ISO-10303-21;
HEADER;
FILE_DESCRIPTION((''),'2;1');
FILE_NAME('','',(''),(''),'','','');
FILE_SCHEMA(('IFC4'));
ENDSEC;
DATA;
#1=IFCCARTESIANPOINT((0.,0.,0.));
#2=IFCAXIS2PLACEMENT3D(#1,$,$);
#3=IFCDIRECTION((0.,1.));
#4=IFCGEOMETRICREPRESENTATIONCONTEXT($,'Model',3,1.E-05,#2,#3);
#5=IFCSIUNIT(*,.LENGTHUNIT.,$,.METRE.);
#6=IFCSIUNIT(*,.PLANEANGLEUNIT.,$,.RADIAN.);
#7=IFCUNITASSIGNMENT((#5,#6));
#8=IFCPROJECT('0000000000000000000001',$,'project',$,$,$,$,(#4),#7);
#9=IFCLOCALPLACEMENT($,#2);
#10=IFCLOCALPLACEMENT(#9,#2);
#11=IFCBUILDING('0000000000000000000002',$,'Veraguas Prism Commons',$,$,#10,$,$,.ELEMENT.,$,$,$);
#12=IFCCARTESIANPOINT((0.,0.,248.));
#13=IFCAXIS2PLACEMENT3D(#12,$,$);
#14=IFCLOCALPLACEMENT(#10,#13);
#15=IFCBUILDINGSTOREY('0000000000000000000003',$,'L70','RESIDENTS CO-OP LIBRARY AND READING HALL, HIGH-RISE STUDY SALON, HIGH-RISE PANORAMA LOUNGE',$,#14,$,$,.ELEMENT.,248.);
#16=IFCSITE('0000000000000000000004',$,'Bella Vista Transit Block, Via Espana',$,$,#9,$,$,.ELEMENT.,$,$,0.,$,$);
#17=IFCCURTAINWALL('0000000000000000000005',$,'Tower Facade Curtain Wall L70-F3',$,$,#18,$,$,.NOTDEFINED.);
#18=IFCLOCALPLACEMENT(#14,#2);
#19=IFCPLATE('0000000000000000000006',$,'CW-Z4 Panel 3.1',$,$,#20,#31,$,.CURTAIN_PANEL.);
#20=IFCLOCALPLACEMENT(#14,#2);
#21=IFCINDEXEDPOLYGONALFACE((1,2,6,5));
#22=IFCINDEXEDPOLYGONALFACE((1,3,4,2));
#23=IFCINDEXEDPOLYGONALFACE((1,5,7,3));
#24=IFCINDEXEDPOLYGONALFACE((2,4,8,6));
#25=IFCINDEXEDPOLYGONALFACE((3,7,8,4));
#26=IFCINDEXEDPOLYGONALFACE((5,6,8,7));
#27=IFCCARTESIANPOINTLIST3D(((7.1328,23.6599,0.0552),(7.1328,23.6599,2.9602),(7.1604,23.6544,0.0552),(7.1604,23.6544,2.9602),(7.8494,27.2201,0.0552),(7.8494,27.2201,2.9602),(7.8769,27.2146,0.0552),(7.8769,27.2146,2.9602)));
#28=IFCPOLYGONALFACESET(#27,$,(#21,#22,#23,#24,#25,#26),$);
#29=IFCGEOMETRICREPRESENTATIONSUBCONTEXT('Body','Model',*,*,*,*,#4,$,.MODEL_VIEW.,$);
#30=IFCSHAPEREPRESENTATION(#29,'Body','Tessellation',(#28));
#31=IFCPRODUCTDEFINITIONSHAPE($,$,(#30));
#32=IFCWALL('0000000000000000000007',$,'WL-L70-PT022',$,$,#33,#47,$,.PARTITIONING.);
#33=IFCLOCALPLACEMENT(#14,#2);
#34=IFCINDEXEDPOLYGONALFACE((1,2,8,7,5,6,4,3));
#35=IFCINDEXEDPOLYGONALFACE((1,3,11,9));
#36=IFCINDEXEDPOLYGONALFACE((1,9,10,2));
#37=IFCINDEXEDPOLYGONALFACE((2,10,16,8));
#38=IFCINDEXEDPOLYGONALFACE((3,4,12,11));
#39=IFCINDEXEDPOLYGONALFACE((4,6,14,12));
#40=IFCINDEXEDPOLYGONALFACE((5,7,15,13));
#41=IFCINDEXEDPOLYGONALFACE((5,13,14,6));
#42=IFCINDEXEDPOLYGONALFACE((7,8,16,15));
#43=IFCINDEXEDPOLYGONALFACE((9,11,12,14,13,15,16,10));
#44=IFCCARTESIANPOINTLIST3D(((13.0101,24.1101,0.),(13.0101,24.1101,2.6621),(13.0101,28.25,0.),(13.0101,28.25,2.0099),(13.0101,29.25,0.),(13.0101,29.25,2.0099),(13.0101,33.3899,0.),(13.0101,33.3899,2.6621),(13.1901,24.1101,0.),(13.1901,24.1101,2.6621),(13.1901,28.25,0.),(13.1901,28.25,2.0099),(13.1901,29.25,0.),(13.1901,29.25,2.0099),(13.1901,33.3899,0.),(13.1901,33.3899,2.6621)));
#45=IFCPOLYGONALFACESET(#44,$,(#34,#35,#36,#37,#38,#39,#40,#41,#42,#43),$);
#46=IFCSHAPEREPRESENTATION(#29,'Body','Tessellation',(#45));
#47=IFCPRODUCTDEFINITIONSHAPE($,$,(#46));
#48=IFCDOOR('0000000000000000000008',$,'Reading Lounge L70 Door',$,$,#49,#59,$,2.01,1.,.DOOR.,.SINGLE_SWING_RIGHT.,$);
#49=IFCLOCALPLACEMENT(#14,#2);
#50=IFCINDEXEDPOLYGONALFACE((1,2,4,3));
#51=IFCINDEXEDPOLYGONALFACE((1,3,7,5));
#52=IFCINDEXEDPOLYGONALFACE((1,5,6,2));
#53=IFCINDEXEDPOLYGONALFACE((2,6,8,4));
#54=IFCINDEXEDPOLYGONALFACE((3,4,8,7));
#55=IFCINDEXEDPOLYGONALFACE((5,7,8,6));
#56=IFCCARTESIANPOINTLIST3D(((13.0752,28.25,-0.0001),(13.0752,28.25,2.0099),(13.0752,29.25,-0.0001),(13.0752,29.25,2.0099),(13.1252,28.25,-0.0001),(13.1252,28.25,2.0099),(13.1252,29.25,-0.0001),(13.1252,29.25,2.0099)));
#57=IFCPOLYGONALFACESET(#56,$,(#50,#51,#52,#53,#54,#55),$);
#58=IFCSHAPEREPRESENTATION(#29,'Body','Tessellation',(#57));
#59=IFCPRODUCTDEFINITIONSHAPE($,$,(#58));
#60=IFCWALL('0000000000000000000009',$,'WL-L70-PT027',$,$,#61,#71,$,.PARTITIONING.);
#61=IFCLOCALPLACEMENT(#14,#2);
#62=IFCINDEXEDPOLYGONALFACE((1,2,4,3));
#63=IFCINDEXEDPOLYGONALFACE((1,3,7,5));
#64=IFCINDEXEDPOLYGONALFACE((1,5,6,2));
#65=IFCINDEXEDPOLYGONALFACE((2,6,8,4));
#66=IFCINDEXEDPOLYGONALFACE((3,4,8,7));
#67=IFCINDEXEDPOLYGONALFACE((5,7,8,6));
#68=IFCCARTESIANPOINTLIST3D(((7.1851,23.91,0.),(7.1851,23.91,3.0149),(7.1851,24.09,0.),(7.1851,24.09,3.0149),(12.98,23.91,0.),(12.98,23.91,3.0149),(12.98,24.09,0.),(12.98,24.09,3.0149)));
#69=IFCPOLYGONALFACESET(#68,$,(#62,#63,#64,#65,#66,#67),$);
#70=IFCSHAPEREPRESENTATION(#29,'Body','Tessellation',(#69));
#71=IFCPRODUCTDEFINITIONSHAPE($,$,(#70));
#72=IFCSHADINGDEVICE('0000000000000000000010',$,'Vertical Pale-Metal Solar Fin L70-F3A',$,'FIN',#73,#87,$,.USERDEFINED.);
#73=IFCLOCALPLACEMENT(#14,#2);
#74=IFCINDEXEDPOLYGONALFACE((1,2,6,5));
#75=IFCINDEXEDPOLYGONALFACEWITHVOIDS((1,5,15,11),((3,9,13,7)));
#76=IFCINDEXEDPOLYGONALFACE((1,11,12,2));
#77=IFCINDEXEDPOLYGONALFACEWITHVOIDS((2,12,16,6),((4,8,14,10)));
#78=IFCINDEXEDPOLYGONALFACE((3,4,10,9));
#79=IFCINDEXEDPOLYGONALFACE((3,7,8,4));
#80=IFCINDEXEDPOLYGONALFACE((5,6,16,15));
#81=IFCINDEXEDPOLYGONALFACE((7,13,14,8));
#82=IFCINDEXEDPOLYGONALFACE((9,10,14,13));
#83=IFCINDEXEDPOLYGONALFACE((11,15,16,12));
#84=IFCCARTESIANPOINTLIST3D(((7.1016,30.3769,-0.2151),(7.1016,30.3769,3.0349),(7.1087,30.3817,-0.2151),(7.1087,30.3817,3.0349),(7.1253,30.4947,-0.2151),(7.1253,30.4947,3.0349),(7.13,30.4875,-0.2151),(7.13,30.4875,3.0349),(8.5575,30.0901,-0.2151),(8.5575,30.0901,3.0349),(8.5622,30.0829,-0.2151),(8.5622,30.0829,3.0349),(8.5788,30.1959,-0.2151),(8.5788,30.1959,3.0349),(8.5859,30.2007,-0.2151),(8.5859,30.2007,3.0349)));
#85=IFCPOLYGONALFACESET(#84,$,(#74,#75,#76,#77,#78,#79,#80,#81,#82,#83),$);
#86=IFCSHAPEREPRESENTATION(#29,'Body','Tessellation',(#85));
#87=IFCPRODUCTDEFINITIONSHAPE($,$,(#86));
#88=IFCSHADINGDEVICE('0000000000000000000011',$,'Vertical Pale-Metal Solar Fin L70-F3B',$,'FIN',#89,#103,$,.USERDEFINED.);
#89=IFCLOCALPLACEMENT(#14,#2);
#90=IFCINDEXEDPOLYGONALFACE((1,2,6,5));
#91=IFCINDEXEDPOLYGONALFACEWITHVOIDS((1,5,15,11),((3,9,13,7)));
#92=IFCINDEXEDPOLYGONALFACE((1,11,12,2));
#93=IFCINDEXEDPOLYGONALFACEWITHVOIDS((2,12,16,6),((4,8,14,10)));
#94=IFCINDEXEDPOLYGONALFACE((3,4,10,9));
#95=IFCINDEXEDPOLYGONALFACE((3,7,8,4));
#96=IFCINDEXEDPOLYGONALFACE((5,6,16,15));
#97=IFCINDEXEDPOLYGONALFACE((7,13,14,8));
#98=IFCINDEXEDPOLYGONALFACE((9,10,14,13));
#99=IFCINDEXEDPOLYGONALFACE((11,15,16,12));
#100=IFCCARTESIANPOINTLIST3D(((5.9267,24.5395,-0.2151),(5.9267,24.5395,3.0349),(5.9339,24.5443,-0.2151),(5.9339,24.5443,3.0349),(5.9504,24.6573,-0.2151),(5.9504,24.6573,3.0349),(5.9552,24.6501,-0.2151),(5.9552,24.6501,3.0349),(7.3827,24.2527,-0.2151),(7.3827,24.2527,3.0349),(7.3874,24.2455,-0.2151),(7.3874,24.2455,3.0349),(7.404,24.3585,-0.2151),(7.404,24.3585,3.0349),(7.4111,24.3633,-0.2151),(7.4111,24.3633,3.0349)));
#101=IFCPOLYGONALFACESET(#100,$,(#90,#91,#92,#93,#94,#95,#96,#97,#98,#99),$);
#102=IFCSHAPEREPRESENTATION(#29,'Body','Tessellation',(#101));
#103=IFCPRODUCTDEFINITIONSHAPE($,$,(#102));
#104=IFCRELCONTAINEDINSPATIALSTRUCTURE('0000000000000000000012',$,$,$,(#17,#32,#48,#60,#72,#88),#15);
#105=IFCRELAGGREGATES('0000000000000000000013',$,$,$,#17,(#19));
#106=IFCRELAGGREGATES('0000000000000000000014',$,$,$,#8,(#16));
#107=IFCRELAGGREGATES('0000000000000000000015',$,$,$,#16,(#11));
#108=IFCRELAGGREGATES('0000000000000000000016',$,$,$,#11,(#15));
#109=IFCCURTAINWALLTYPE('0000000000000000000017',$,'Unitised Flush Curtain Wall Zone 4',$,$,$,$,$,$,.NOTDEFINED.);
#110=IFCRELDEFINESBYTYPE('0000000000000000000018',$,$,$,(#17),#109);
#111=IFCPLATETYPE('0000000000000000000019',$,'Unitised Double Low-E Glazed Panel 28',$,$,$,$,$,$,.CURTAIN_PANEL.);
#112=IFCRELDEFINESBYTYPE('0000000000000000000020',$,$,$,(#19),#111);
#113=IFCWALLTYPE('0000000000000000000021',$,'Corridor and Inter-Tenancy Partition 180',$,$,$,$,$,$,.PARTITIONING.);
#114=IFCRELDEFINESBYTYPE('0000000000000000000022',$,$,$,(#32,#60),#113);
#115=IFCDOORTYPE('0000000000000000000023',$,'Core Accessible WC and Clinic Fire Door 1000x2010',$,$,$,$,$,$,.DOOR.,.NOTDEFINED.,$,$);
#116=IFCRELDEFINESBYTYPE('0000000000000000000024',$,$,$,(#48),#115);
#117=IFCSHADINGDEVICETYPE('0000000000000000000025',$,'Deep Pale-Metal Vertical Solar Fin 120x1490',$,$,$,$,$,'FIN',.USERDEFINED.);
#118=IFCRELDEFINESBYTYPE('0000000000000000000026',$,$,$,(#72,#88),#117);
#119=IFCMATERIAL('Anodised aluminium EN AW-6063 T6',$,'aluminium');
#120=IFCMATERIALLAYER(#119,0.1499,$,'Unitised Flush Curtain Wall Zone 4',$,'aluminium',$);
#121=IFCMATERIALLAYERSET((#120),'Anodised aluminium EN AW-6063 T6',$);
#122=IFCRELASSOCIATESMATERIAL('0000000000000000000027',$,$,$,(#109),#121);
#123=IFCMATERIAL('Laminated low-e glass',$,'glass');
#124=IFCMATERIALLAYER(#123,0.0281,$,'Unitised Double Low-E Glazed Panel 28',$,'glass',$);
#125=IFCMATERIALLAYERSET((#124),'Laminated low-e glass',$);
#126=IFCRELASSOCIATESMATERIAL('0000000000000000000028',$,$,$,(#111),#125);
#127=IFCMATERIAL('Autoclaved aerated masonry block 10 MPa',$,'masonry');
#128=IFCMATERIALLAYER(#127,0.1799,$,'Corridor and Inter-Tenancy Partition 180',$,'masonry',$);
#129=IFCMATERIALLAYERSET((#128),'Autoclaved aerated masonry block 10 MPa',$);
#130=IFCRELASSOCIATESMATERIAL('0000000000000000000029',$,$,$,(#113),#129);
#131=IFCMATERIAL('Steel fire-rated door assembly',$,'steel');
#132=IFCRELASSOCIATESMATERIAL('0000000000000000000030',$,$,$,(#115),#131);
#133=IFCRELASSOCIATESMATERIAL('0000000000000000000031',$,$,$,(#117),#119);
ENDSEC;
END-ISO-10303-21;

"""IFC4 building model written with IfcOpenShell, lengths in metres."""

from ifc_helpers import new_model, si_unit, direction, frame, frame_2d, origin, origin_2d, place, context, subcontext, project, spatial, rectangle, hollow_rectangle, extrude, source, transform, mapped, material, layer, layer_set, material_profile, profile_set, type_object, element, fill, aggregate, save


model = new_model("IFC4")

# Units and contexts
model_context = context("Model", 3, precision=1e-05, world=origin(), true_north=direction((0.0, 1.0)))
body_context = subcontext(model_context, "Body", "Model", "MODEL_VIEW")
ifc_project = project(units=[si_unit("LENGTHUNIT", "METRE"), si_unit("PLANEANGLEUNIT", "RADIAN")], contexts=[model_context])

# Site, building, storey
site_placement = place(None, origin())
site = spatial("IfcSite", under=ifc_project, at=site_placement, Name="Bella Vista Transit Block, Via Espana", CompositionType="ELEMENT", RefElevation=0.0)
building_placement = place(site_placement, origin())
building = spatial("IfcBuilding", under=site, at=building_placement, Name="Veraguas Prism Commons", CompositionType="ELEMENT")
storey_placement = place(building_placement, frame((0.0, 0.0, 248.0)))
storey = spatial("IfcBuildingStorey", under=building, at=storey_placement, Name="L70", Description="RESIDENTS CO-OP LIBRARY AND READING HALL, HIGH-RISE STUDY SALON, HIGH-RISE PANORAMA LOUNGE", CompositionType="ELEMENT", Elevation=248.0)

# Curtain wall, plate
ifc_material_1 = material(Name="Anodised aluminium EN AW-6063 T6", Category="aluminium")
ifc_layer_1 = layer(ifc_material_1, 0.1499, Name="Unitised Flush Curtain Wall Zone 4", Category="aluminium")
ifc_layer_set_1 = layer_set([ifc_layer_1], Name="Anodised aluminium EN AW-6063 T6")
curtain_wall_type = type_object("IfcCurtainWallType", Name="Unitised Flush Curtain Wall Zone 4", PredefinedType="NOTDEFINED", material=ifc_layer_set_1)
curtain_wall_placement = place(storey_placement, origin())
curtain_wall = element("IfcCurtainWall", 1, at=curtain_wall_placement, inside=storey, type_object=curtain_wall_type, Name="Tower Facade Curtain Wall L70-F3", PredefinedType="NOTDEFINED")
ifc_material_2 = material(Name="Laminated low-e glass", Category="glass")
ifc_layer_2 = layer(ifc_material_2, 0.0281, Name="Unitised Double Low-E Glazed Panel 28", Category="glass")
ifc_layer_set_2 = layer_set([ifc_layer_2], Name="Laminated low-e glass")
plate_type = type_object("IfcPlateType", Name="Unitised Double Low-E Glazed Panel 28", PredefinedType="CURTAIN_PANEL", material=ifc_layer_set_2)
shared_shape_1 = source(origin(), body_context, "Body", "SweptSolid", [
    extrude(rectangle(XDim=3.6316, YDim=0.0281, at=origin_2d()), origin(), (0.0, 0.0, 1.0), 2.905),
])
plate_1_placement = place(storey_placement, frame((7.5049, 25.4373, 0.0552), z_axis=(0.0, 0.0, 1.0), x_axis=(-0.197319, -0.980339, 0.0)))
plate_1 = element("IfcPlate", 2, at=plate_1_placement, type_object=plate_type, Name="CW-Z4 Panel 3.1", PredefinedType="CURTAIN_PANEL", context=body_context, shape_type="MappedRepresentation", body=[
    mapped(shared_shape_1, transform((0.0, 0.0, 0.0), scale=1.0)),
])
aggregate(curtain_wall, [plate_1])

# Wall, opening, door
ifc_material_3 = material(Name="Autoclaved aerated masonry block 10 MPa", Category="masonry")
ifc_layer_3 = layer(ifc_material_3, 0.1799, Name="Corridor and Inter-Tenancy Partition 180", Category="masonry")
ifc_layer_set_3 = layer_set([ifc_layer_3], Name="Autoclaved aerated masonry block 10 MPa")
wall_type = type_object("IfcWallType", Name="Corridor and Inter-Tenancy Partition 180", PredefinedType="PARTITIONING", material=ifc_layer_set_3)
wall_1_placement = place(storey_placement, frame((13.1001, 24.1101, 0.0), z_axis=(0.0, 0.0, 1.0), x_axis=(0.0, 1.0, 0.0)))
wall_1 = element("IfcWall", 3, at=wall_1_placement, inside=storey, type_object=wall_type, Name="WL-L70-PT022", PredefinedType="PARTITIONING", context=body_context, shape_type="SweptSolid", body=[
    extrude(rectangle(XDim=9.2798, YDim=0.1799, at=frame_2d((4.6399, 0.0))), origin(), (0.0, 0.0, 1.0), 2.6621),
])
opening_placement = place(wall_1_placement, frame((4.1399, 0.0, 0.0)))
opening = element("IfcOpeningElement", 4, at=opening_placement, cuts=wall_1, PredefinedType="OPENING", context=body_context, shape_type="SweptSolid", body=[
    extrude(rectangle(XDim=1.0, YDim=2.01, at=frame_2d((0.5, 1.0049))), frame((0.0, 0.0999, 0.0), z_axis=(0.0, -1.0, 0.0), x_axis=(1.0, 0.0, 0.0)), (0.0, 0.0, 1.0), 0.2),
])
ifc_material_4 = material(Name="Steel fire-rated door assembly", Category="steel")
door_type = type_object("IfcDoorType", Name="Core Accessible WC and Clinic Fire Door 1000x2010", OperationType="NOTDEFINED", PredefinedType="DOOR", material=ifc_material_4)
shared_shape_2 = source(origin(), body_context, "Body", "SweptSolid", [
    extrude(rectangle(XDim=1.0, YDim=2.01, at=frame_2d((0.5, 1.0049))), frame((0.0, 0.0249, 0.0), z_axis=(0.0, -1.0, 0.0), x_axis=(1.0, 0.0, 0.0)), (0.0, 0.0, 1.0), 0.05),
])
door_placement = place(opening_placement, origin())
door = element("IfcDoor", 5, at=door_placement, inside=storey, type_object=door_type, Name="Reading Lounge L70 Door", OperationType="SINGLE_SWING_RIGHT", OverallHeight=2.01, OverallWidth=1.0, PredefinedType="DOOR", context=body_context, shape_type="MappedRepresentation", body=[
    mapped(shared_shape_2, transform((0.0, 0.0, 0.0), scale=1.0)),
])
fill(opening, door)

# Wall
wall_2_placement = place(storey_placement, frame((12.98, 24.0, 0.0), z_axis=(0.0, 0.0, 1.0), x_axis=(-1.0, 0.0, 0.0)))
element("IfcWall", 6, at=wall_2_placement, inside=storey, type_object=wall_type, Name="WL-L70-PT027", PredefinedType="PARTITIONING", context=body_context, shape_type="SweptSolid", body=[
    extrude(rectangle(XDim=5.7949, YDim=0.1799, at=frame_2d((2.8975, 0.0))), origin(), (0.0, 0.0, 1.0), 3.0149),
])

# Shading devices
ifc_material_profile_1 = material_profile(ifc_material_1, hollow_rectangle(XDim=0.1201, YDim=1.49, WallThickness=0.0061, at=origin_2d()), Name="FIN120X1490X6")
ifc_profile_set_1 = profile_set([ifc_material_profile_1], Name="Anodised aluminium EN AW-6063 T6")
shading_device_type = type_object("IfcShadingDeviceType", Name="Deep Pale-Metal Vertical Solar Fin 120x1490", ElementType="FIN", PredefinedType="USERDEFINED", material=ifc_profile_set_1)
for number, where, z_axis, x_axis, name in (
    (7, (7.8438, 30.2888, -0.2151), (0.0, 0.0, 1.0), (-0.197315, -0.98034, 0.0), "Vertical Pale-Metal Solar Fin L70-F3A"),
    (8, (6.6689, 24.4514, -0.2151), (0.0, 0.0, 1.0), (-0.197315, -0.98034, 0.0), "Vertical Pale-Metal Solar Fin L70-F3B"),
):
    element("IfcShadingDevice", number, at=place(storey_placement, frame(where, z_axis=z_axis, x_axis=x_axis)), inside=storey, type_object=shading_device_type, Name=name, ObjectType="FIN", PredefinedType="USERDEFINED", context=body_context, shape_type="SweptSolid", body=[
        extrude(hollow_rectangle(XDim=0.1201, YDim=1.49, WallThickness=0.0061, at=origin_2d()), origin(), (0.0, 0.0, 1.0), 3.25),
    ])

save(model, "model.ifc")
